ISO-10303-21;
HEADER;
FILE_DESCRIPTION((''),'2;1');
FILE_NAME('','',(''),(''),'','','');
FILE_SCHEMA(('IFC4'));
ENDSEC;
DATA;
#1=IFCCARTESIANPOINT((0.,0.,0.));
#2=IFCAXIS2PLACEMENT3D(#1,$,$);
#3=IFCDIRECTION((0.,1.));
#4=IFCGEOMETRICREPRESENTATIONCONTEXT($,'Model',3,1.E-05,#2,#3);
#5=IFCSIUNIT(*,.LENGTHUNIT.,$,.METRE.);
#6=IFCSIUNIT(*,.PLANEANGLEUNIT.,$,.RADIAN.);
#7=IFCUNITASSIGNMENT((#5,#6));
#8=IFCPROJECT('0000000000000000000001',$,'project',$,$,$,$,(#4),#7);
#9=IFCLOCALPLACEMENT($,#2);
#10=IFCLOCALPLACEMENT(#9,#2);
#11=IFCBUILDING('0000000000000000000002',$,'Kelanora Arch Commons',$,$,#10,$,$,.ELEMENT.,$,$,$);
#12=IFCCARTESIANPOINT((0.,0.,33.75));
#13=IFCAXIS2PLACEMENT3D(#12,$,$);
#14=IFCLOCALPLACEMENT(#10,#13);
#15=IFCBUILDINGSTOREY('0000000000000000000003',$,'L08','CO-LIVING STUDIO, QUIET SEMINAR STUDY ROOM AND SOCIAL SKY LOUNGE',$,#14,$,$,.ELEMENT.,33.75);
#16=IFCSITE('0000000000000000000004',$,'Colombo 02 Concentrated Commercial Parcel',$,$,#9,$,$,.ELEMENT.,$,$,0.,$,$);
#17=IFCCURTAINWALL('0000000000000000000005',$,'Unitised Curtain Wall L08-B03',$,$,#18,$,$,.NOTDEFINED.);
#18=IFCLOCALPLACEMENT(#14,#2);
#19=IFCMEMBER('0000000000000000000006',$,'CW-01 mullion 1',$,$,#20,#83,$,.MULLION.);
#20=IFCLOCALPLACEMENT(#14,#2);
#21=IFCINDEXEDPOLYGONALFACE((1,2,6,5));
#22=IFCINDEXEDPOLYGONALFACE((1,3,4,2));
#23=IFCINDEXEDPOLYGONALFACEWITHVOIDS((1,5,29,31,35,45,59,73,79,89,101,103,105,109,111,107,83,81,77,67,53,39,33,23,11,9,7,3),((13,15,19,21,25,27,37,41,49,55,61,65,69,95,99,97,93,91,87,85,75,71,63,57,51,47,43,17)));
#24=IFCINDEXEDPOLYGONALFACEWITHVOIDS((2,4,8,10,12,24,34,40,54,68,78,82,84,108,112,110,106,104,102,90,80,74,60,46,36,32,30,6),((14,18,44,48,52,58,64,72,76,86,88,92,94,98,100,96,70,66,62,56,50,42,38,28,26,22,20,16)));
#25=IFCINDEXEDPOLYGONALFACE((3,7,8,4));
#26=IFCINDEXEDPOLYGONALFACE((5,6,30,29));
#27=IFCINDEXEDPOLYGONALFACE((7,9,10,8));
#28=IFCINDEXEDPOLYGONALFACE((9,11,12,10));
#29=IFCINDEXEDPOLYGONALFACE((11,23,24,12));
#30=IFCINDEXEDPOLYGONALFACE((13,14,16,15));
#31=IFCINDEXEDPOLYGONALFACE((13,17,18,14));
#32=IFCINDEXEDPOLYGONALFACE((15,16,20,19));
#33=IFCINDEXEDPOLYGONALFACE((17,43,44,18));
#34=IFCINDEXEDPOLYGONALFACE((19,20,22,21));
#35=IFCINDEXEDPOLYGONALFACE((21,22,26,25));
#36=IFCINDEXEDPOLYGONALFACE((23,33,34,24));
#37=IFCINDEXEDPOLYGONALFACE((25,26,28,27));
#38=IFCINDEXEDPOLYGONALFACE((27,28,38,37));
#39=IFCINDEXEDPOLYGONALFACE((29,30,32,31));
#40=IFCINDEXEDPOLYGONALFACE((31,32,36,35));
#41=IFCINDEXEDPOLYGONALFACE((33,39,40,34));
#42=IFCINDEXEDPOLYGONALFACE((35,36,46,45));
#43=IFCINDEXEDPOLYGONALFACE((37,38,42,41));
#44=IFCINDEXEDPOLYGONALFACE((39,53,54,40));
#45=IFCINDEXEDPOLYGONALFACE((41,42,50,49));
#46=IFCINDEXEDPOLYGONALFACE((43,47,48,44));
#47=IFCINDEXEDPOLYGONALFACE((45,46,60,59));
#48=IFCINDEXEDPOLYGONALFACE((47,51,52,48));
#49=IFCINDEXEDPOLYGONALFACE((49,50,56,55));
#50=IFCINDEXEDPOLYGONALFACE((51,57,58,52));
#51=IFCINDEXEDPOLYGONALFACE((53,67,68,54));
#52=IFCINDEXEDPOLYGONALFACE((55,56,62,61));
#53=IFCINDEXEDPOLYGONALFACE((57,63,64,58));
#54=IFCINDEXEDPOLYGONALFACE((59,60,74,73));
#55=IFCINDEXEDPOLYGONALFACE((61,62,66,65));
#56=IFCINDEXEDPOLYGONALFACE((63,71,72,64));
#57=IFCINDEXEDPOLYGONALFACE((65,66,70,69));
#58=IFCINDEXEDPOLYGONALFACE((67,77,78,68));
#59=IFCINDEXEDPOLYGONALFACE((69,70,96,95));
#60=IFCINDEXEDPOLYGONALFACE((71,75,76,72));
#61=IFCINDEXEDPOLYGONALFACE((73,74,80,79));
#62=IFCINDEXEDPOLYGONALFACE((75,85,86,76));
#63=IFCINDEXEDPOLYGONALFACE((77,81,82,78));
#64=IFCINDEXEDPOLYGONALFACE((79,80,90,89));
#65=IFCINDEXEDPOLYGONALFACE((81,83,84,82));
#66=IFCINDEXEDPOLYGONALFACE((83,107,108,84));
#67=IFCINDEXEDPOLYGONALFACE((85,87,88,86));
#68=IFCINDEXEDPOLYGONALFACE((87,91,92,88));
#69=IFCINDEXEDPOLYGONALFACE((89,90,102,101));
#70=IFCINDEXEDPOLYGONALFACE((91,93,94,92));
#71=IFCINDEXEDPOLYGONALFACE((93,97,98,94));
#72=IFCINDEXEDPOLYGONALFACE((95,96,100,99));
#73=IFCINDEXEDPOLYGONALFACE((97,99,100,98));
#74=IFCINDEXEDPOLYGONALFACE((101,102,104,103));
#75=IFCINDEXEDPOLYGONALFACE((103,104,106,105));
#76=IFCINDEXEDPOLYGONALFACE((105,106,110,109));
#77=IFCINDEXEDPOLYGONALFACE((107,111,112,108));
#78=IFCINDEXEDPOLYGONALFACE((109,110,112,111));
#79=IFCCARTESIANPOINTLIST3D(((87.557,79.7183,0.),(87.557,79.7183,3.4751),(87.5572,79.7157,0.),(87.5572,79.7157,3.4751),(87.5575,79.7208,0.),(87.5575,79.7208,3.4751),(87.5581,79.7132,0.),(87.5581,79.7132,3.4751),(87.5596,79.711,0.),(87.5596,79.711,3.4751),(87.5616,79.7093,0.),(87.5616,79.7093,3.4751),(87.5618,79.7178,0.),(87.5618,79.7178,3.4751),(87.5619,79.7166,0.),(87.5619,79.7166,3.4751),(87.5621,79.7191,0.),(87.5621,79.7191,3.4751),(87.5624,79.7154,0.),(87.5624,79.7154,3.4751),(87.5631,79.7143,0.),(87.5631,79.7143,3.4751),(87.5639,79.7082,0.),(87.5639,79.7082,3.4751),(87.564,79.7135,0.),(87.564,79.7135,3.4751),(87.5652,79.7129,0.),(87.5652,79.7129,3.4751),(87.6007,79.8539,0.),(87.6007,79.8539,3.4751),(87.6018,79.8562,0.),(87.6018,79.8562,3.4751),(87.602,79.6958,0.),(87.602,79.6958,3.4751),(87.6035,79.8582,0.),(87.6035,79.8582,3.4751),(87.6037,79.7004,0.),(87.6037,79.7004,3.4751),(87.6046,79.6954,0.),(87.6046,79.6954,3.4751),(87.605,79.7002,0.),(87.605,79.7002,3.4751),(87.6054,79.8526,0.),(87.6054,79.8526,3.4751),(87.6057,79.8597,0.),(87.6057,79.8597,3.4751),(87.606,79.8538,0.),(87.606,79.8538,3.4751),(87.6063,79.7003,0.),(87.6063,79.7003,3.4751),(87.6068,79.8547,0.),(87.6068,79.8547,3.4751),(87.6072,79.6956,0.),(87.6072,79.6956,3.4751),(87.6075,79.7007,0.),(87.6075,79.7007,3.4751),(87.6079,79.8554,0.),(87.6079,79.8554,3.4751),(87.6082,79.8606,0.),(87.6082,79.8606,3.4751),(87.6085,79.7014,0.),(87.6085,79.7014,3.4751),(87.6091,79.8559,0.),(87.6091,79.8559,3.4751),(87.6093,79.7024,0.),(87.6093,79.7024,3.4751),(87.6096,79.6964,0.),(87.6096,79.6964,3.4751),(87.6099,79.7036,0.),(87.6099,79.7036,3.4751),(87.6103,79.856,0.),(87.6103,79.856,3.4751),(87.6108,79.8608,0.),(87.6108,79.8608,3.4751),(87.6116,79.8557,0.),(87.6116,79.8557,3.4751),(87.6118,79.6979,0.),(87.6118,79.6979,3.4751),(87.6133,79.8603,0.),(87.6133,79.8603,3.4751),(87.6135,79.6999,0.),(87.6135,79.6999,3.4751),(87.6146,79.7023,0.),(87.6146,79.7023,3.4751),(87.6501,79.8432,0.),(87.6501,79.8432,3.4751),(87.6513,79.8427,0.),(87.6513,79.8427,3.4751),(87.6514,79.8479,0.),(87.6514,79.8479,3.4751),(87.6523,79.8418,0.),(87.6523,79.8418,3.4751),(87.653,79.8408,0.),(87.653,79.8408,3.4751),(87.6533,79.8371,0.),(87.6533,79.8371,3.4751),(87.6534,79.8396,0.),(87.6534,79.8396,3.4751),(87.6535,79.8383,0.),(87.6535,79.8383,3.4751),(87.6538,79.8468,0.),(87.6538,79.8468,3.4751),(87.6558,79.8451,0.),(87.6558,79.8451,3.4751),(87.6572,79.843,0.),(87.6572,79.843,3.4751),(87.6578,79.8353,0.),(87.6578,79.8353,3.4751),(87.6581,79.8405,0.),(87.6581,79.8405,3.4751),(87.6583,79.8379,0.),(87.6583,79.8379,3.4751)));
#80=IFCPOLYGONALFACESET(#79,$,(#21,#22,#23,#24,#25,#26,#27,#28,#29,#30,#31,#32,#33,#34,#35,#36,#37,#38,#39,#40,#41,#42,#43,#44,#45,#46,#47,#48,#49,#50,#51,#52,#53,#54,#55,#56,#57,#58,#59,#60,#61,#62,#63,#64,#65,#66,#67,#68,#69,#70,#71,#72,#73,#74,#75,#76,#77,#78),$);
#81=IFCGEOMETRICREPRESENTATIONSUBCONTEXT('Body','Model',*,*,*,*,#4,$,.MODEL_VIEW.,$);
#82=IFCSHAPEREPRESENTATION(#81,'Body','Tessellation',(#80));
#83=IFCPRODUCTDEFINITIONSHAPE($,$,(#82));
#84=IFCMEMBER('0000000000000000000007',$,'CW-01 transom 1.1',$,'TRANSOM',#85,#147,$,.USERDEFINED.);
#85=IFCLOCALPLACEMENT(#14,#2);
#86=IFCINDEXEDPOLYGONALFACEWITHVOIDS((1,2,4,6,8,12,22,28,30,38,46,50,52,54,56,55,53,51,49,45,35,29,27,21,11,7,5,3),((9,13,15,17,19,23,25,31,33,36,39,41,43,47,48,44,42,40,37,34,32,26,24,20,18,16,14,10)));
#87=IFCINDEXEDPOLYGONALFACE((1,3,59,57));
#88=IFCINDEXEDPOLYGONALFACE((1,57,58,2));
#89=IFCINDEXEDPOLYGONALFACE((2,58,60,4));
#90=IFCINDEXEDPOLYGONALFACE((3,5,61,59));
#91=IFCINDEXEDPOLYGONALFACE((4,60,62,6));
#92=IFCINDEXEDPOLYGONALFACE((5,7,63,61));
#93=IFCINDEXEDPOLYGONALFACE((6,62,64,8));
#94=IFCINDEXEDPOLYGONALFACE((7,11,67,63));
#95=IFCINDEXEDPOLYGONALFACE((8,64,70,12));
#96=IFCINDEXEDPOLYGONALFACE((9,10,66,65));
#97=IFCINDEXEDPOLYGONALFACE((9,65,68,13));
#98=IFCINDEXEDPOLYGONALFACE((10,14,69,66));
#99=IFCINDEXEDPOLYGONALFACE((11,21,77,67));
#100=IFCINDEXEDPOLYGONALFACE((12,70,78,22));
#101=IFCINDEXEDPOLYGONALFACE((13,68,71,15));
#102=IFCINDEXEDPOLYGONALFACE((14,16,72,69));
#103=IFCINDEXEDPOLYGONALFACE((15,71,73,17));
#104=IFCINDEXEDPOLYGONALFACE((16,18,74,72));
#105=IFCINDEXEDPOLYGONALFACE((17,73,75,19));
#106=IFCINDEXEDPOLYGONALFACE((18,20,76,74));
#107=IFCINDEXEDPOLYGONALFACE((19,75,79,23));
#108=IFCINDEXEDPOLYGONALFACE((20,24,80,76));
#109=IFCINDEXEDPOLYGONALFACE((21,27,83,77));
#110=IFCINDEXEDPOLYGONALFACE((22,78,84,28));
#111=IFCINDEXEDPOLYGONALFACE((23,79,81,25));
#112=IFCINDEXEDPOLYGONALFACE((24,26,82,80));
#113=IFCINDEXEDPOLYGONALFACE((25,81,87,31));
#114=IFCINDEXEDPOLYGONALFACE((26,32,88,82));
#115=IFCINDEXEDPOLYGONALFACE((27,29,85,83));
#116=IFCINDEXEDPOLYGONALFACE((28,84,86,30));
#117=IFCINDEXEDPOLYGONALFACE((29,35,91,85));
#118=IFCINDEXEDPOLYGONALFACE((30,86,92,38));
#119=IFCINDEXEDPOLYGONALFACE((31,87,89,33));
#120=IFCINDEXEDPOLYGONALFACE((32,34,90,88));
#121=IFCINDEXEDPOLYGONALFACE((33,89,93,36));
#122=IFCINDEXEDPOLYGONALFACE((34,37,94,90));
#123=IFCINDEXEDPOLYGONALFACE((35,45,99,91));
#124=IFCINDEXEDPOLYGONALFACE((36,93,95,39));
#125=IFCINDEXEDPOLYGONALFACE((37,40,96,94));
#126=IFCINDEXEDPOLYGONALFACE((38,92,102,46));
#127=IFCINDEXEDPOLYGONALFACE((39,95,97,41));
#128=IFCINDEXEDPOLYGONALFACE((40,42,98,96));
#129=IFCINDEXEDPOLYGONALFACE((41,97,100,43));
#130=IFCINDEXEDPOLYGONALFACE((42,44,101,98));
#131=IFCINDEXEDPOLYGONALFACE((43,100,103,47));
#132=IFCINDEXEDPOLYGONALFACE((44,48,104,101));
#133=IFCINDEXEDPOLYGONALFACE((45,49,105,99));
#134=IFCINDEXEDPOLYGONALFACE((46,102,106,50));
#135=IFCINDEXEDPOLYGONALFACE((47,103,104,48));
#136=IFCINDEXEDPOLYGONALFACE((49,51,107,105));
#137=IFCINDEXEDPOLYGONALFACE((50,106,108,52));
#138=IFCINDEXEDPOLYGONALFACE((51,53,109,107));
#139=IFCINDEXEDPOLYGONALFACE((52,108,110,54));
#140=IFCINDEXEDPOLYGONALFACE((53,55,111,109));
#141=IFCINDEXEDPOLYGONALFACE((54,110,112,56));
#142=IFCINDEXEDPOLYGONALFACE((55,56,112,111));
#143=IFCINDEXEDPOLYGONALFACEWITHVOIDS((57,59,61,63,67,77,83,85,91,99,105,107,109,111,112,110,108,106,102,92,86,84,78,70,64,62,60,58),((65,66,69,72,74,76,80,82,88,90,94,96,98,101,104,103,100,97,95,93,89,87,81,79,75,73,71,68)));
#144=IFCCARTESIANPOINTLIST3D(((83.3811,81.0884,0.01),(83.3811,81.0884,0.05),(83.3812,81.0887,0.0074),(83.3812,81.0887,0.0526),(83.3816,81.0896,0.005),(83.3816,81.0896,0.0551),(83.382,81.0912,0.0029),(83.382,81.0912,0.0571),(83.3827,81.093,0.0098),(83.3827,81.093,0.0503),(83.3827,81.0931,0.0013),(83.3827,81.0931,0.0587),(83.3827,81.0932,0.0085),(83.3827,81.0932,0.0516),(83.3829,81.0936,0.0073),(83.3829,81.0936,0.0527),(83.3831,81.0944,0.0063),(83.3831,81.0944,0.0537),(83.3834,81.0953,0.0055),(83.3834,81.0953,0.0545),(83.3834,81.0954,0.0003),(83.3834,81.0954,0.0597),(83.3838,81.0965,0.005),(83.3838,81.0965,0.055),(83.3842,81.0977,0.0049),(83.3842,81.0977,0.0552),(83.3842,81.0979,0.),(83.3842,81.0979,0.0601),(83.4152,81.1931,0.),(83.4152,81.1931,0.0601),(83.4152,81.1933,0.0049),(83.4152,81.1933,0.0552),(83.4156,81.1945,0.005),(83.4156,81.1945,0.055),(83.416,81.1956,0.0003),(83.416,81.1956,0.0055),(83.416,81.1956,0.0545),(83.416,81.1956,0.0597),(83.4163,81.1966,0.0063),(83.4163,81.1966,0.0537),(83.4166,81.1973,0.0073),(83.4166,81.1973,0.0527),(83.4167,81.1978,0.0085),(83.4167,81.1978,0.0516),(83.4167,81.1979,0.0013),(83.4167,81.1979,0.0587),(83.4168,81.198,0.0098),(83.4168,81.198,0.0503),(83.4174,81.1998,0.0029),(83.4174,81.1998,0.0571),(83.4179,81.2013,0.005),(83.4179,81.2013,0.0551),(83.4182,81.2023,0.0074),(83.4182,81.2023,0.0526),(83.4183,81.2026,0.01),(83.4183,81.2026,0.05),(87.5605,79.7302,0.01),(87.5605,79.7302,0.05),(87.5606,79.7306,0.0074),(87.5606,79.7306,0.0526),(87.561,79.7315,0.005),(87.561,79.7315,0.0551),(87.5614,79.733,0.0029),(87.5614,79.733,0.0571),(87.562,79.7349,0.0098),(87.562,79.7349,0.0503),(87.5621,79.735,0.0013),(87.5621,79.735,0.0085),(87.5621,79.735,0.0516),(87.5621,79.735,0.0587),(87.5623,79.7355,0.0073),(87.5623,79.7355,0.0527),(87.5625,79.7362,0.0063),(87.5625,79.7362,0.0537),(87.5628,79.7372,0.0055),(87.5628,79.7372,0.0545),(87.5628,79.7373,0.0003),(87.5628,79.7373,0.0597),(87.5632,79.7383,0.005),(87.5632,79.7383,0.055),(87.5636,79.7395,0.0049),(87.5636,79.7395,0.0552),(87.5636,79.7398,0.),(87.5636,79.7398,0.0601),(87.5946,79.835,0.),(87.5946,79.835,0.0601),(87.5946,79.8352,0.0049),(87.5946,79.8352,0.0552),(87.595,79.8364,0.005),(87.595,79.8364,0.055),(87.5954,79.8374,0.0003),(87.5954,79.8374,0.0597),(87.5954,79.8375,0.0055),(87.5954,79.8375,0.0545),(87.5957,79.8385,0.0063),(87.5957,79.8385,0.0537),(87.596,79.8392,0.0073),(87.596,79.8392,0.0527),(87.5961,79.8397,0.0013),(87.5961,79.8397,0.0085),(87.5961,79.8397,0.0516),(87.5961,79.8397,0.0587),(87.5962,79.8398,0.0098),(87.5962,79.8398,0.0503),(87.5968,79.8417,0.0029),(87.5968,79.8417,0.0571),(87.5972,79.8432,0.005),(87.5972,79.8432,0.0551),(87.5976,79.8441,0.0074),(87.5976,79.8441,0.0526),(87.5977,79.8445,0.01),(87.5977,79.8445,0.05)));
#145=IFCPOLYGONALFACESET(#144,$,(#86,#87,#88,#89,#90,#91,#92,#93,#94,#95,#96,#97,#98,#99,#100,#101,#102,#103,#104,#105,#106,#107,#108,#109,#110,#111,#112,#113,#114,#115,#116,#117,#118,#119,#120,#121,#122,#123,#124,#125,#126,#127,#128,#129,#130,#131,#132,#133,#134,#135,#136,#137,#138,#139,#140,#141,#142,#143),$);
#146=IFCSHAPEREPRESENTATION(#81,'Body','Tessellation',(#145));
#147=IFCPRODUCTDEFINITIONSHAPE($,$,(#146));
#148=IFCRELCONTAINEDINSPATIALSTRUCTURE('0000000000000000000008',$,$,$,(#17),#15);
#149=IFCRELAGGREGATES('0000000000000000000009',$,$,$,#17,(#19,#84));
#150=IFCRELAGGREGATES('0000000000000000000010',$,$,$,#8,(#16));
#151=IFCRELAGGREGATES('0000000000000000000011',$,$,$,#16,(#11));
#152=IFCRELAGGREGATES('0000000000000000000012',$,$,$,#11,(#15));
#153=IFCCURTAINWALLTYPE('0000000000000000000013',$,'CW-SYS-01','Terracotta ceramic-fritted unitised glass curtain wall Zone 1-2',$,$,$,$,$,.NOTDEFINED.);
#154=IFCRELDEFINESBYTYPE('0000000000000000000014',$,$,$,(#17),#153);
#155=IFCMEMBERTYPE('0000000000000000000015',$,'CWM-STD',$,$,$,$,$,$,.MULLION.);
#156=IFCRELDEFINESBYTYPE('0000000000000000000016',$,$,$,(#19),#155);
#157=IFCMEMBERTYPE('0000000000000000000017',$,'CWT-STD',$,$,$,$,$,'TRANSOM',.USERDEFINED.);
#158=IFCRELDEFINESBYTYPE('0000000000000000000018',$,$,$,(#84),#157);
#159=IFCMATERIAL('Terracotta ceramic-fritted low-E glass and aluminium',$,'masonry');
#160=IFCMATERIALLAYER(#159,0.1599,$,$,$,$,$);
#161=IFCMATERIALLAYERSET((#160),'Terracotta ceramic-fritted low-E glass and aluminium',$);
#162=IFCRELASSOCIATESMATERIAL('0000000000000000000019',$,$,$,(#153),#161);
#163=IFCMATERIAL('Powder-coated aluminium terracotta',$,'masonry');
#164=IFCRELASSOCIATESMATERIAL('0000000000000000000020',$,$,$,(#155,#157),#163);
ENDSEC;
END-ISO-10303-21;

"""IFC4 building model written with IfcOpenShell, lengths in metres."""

from ifc_helpers import new_model, si_unit, direction, frame, origin, origin_2d, place, context, subcontext, project, spatial, hollow_rectangle, extrude, material, layer, layer_set, material_profile, profile_set, type_object, element, aggregate, save


model = new_model("IFC4")

# Units and contexts
model_context = context("Model", 3, precision=1e-05, world=origin(), true_north=direction((0.0, 1.0)))
body_context = subcontext(model_context, "Body", "Model", "MODEL_VIEW")
ifc_project = project(units=[si_unit("LENGTHUNIT", "METRE"), si_unit("PLANEANGLEUNIT", "RADIAN")], contexts=[model_context])

# Site, building, storey
site_placement = place(None, origin())
site = spatial("IfcSite", under=ifc_project, at=site_placement, Name="Colombo 02 Concentrated Commercial Parcel", CompositionType="ELEMENT", RefElevation=0.0)
building_placement = place(site_placement, origin())
building = spatial("IfcBuilding", under=site, at=building_placement, Name="Kelanora Arch Commons", CompositionType="ELEMENT")
storey_placement = place(building_placement, frame((0.0, 0.0, 33.75)))
storey = spatial("IfcBuildingStorey", under=building, at=storey_placement, Name="L08", Description="CO-LIVING STUDIO, QUIET SEMINAR STUDY ROOM AND SOCIAL SKY LOUNGE", CompositionType="ELEMENT", Elevation=33.75)

# Shared definitions
ifc_material_1 = material(Name="Terracotta ceramic-fritted low-E glass and aluminium", Category="masonry")
ifc_layer_1 = layer(ifc_material_1, 0.1599)
ifc_layer_set_1 = layer_set([ifc_layer_1], Name="Terracotta ceramic-fritted low-E glass and aluminium")
curtain_wall_type = type_object("IfcCurtainWallType", Name="CW-SYS-01", Description="Terracotta ceramic-fritted unitised glass curtain wall Zone 1-2", PredefinedType="NOTDEFINED", material=ifc_layer_set_1)
ifc_material_2 = material(Name="Powder-coated aluminium terracotta", Category="masonry")
ifc_material_profile_1 = material_profile(ifc_material_2, hollow_rectangle(XDim=0.1599, YDim=0.0601, WallThickness=0.0049, InnerFilletRadius=0.0049, OuterFilletRadius=0.01, at=origin_2d()), Name="CWM160x60")
ifc_profile_set_1 = profile_set([ifc_material_profile_1], Name="Powder-coated aluminium terracotta")
member_type_1 = type_object("IfcMemberType", Name="CWM-STD", PredefinedType="MULLION", material=ifc_profile_set_1)

# Curtain wall, members
curtain_wall_1_placement = place(storey_placement, origin())
curtain_wall_1 = element("IfcCurtainWall", 1, at=curtain_wall_1_placement, inside=storey, type_object=curtain_wall_type, Name="Unitised Curtain Wall L08-B03", PredefinedType="NOTDEFINED")
member_1_placement = place(storey_placement, frame((87.6077, 79.7781, 0.0), z_axis=(0.0, 0.0, 1.0), x_axis=(-0.309058, -0.951043, 0.0)))
member_1 = element("IfcMember", 2, at=member_1_placement, type_object=member_type_1, Name="CW-01 mullion 1", PredefinedType="MULLION", context=body_context, shape_type="SweptSolid", body=[
    extrude(hollow_rectangle(XDim=0.1599, YDim=0.0601, WallThickness=0.0049, InnerFilletRadius=0.0049, OuterFilletRadius=0.01, at=origin_2d()), origin(), (0.0, 0.0, 1.0), 3.4751),
])
ifc_material_profile_2 = material_profile(ifc_material_2, hollow_rectangle(XDim=0.1201, YDim=0.0601, WallThickness=0.0049, InnerFilletRadius=0.0049, OuterFilletRadius=0.01, at=origin_2d()), Name="CWT120x60")
ifc_profile_set_2 = profile_set([ifc_material_profile_2], Name="Powder-coated aluminium terracotta")
member_type_2 = type_object("IfcMemberType", Name="CWT-STD", ElementType="TRANSOM", PredefinedType="USERDEFINED", material=ifc_profile_set_2)
member_2_placement = place(storey_placement, frame((87.5791, 79.7874, 0.03), z_axis=(-0.951045, 0.309052, 0.0), x_axis=(-0.309052, -0.951045, 0.0)))
member_2 = element("IfcMember", 3, at=member_2_placement, type_object=member_type_2, Name="CW-01 transom 1.1", ObjectType="TRANSOM", PredefinedType="USERDEFINED", context=body_context, shape_type="SweptSolid", body=[
    extrude(hollow_rectangle(XDim=0.1201, YDim=0.0601, WallThickness=0.0049, InnerFilletRadius=0.0049, OuterFilletRadius=0.01, at=origin_2d()), origin(), (0.0, 0.0, 1.0), 4.3945),
])
aggregate(curtain_wall_1, [member_1, member_2])

save(model, "model.ifc")
